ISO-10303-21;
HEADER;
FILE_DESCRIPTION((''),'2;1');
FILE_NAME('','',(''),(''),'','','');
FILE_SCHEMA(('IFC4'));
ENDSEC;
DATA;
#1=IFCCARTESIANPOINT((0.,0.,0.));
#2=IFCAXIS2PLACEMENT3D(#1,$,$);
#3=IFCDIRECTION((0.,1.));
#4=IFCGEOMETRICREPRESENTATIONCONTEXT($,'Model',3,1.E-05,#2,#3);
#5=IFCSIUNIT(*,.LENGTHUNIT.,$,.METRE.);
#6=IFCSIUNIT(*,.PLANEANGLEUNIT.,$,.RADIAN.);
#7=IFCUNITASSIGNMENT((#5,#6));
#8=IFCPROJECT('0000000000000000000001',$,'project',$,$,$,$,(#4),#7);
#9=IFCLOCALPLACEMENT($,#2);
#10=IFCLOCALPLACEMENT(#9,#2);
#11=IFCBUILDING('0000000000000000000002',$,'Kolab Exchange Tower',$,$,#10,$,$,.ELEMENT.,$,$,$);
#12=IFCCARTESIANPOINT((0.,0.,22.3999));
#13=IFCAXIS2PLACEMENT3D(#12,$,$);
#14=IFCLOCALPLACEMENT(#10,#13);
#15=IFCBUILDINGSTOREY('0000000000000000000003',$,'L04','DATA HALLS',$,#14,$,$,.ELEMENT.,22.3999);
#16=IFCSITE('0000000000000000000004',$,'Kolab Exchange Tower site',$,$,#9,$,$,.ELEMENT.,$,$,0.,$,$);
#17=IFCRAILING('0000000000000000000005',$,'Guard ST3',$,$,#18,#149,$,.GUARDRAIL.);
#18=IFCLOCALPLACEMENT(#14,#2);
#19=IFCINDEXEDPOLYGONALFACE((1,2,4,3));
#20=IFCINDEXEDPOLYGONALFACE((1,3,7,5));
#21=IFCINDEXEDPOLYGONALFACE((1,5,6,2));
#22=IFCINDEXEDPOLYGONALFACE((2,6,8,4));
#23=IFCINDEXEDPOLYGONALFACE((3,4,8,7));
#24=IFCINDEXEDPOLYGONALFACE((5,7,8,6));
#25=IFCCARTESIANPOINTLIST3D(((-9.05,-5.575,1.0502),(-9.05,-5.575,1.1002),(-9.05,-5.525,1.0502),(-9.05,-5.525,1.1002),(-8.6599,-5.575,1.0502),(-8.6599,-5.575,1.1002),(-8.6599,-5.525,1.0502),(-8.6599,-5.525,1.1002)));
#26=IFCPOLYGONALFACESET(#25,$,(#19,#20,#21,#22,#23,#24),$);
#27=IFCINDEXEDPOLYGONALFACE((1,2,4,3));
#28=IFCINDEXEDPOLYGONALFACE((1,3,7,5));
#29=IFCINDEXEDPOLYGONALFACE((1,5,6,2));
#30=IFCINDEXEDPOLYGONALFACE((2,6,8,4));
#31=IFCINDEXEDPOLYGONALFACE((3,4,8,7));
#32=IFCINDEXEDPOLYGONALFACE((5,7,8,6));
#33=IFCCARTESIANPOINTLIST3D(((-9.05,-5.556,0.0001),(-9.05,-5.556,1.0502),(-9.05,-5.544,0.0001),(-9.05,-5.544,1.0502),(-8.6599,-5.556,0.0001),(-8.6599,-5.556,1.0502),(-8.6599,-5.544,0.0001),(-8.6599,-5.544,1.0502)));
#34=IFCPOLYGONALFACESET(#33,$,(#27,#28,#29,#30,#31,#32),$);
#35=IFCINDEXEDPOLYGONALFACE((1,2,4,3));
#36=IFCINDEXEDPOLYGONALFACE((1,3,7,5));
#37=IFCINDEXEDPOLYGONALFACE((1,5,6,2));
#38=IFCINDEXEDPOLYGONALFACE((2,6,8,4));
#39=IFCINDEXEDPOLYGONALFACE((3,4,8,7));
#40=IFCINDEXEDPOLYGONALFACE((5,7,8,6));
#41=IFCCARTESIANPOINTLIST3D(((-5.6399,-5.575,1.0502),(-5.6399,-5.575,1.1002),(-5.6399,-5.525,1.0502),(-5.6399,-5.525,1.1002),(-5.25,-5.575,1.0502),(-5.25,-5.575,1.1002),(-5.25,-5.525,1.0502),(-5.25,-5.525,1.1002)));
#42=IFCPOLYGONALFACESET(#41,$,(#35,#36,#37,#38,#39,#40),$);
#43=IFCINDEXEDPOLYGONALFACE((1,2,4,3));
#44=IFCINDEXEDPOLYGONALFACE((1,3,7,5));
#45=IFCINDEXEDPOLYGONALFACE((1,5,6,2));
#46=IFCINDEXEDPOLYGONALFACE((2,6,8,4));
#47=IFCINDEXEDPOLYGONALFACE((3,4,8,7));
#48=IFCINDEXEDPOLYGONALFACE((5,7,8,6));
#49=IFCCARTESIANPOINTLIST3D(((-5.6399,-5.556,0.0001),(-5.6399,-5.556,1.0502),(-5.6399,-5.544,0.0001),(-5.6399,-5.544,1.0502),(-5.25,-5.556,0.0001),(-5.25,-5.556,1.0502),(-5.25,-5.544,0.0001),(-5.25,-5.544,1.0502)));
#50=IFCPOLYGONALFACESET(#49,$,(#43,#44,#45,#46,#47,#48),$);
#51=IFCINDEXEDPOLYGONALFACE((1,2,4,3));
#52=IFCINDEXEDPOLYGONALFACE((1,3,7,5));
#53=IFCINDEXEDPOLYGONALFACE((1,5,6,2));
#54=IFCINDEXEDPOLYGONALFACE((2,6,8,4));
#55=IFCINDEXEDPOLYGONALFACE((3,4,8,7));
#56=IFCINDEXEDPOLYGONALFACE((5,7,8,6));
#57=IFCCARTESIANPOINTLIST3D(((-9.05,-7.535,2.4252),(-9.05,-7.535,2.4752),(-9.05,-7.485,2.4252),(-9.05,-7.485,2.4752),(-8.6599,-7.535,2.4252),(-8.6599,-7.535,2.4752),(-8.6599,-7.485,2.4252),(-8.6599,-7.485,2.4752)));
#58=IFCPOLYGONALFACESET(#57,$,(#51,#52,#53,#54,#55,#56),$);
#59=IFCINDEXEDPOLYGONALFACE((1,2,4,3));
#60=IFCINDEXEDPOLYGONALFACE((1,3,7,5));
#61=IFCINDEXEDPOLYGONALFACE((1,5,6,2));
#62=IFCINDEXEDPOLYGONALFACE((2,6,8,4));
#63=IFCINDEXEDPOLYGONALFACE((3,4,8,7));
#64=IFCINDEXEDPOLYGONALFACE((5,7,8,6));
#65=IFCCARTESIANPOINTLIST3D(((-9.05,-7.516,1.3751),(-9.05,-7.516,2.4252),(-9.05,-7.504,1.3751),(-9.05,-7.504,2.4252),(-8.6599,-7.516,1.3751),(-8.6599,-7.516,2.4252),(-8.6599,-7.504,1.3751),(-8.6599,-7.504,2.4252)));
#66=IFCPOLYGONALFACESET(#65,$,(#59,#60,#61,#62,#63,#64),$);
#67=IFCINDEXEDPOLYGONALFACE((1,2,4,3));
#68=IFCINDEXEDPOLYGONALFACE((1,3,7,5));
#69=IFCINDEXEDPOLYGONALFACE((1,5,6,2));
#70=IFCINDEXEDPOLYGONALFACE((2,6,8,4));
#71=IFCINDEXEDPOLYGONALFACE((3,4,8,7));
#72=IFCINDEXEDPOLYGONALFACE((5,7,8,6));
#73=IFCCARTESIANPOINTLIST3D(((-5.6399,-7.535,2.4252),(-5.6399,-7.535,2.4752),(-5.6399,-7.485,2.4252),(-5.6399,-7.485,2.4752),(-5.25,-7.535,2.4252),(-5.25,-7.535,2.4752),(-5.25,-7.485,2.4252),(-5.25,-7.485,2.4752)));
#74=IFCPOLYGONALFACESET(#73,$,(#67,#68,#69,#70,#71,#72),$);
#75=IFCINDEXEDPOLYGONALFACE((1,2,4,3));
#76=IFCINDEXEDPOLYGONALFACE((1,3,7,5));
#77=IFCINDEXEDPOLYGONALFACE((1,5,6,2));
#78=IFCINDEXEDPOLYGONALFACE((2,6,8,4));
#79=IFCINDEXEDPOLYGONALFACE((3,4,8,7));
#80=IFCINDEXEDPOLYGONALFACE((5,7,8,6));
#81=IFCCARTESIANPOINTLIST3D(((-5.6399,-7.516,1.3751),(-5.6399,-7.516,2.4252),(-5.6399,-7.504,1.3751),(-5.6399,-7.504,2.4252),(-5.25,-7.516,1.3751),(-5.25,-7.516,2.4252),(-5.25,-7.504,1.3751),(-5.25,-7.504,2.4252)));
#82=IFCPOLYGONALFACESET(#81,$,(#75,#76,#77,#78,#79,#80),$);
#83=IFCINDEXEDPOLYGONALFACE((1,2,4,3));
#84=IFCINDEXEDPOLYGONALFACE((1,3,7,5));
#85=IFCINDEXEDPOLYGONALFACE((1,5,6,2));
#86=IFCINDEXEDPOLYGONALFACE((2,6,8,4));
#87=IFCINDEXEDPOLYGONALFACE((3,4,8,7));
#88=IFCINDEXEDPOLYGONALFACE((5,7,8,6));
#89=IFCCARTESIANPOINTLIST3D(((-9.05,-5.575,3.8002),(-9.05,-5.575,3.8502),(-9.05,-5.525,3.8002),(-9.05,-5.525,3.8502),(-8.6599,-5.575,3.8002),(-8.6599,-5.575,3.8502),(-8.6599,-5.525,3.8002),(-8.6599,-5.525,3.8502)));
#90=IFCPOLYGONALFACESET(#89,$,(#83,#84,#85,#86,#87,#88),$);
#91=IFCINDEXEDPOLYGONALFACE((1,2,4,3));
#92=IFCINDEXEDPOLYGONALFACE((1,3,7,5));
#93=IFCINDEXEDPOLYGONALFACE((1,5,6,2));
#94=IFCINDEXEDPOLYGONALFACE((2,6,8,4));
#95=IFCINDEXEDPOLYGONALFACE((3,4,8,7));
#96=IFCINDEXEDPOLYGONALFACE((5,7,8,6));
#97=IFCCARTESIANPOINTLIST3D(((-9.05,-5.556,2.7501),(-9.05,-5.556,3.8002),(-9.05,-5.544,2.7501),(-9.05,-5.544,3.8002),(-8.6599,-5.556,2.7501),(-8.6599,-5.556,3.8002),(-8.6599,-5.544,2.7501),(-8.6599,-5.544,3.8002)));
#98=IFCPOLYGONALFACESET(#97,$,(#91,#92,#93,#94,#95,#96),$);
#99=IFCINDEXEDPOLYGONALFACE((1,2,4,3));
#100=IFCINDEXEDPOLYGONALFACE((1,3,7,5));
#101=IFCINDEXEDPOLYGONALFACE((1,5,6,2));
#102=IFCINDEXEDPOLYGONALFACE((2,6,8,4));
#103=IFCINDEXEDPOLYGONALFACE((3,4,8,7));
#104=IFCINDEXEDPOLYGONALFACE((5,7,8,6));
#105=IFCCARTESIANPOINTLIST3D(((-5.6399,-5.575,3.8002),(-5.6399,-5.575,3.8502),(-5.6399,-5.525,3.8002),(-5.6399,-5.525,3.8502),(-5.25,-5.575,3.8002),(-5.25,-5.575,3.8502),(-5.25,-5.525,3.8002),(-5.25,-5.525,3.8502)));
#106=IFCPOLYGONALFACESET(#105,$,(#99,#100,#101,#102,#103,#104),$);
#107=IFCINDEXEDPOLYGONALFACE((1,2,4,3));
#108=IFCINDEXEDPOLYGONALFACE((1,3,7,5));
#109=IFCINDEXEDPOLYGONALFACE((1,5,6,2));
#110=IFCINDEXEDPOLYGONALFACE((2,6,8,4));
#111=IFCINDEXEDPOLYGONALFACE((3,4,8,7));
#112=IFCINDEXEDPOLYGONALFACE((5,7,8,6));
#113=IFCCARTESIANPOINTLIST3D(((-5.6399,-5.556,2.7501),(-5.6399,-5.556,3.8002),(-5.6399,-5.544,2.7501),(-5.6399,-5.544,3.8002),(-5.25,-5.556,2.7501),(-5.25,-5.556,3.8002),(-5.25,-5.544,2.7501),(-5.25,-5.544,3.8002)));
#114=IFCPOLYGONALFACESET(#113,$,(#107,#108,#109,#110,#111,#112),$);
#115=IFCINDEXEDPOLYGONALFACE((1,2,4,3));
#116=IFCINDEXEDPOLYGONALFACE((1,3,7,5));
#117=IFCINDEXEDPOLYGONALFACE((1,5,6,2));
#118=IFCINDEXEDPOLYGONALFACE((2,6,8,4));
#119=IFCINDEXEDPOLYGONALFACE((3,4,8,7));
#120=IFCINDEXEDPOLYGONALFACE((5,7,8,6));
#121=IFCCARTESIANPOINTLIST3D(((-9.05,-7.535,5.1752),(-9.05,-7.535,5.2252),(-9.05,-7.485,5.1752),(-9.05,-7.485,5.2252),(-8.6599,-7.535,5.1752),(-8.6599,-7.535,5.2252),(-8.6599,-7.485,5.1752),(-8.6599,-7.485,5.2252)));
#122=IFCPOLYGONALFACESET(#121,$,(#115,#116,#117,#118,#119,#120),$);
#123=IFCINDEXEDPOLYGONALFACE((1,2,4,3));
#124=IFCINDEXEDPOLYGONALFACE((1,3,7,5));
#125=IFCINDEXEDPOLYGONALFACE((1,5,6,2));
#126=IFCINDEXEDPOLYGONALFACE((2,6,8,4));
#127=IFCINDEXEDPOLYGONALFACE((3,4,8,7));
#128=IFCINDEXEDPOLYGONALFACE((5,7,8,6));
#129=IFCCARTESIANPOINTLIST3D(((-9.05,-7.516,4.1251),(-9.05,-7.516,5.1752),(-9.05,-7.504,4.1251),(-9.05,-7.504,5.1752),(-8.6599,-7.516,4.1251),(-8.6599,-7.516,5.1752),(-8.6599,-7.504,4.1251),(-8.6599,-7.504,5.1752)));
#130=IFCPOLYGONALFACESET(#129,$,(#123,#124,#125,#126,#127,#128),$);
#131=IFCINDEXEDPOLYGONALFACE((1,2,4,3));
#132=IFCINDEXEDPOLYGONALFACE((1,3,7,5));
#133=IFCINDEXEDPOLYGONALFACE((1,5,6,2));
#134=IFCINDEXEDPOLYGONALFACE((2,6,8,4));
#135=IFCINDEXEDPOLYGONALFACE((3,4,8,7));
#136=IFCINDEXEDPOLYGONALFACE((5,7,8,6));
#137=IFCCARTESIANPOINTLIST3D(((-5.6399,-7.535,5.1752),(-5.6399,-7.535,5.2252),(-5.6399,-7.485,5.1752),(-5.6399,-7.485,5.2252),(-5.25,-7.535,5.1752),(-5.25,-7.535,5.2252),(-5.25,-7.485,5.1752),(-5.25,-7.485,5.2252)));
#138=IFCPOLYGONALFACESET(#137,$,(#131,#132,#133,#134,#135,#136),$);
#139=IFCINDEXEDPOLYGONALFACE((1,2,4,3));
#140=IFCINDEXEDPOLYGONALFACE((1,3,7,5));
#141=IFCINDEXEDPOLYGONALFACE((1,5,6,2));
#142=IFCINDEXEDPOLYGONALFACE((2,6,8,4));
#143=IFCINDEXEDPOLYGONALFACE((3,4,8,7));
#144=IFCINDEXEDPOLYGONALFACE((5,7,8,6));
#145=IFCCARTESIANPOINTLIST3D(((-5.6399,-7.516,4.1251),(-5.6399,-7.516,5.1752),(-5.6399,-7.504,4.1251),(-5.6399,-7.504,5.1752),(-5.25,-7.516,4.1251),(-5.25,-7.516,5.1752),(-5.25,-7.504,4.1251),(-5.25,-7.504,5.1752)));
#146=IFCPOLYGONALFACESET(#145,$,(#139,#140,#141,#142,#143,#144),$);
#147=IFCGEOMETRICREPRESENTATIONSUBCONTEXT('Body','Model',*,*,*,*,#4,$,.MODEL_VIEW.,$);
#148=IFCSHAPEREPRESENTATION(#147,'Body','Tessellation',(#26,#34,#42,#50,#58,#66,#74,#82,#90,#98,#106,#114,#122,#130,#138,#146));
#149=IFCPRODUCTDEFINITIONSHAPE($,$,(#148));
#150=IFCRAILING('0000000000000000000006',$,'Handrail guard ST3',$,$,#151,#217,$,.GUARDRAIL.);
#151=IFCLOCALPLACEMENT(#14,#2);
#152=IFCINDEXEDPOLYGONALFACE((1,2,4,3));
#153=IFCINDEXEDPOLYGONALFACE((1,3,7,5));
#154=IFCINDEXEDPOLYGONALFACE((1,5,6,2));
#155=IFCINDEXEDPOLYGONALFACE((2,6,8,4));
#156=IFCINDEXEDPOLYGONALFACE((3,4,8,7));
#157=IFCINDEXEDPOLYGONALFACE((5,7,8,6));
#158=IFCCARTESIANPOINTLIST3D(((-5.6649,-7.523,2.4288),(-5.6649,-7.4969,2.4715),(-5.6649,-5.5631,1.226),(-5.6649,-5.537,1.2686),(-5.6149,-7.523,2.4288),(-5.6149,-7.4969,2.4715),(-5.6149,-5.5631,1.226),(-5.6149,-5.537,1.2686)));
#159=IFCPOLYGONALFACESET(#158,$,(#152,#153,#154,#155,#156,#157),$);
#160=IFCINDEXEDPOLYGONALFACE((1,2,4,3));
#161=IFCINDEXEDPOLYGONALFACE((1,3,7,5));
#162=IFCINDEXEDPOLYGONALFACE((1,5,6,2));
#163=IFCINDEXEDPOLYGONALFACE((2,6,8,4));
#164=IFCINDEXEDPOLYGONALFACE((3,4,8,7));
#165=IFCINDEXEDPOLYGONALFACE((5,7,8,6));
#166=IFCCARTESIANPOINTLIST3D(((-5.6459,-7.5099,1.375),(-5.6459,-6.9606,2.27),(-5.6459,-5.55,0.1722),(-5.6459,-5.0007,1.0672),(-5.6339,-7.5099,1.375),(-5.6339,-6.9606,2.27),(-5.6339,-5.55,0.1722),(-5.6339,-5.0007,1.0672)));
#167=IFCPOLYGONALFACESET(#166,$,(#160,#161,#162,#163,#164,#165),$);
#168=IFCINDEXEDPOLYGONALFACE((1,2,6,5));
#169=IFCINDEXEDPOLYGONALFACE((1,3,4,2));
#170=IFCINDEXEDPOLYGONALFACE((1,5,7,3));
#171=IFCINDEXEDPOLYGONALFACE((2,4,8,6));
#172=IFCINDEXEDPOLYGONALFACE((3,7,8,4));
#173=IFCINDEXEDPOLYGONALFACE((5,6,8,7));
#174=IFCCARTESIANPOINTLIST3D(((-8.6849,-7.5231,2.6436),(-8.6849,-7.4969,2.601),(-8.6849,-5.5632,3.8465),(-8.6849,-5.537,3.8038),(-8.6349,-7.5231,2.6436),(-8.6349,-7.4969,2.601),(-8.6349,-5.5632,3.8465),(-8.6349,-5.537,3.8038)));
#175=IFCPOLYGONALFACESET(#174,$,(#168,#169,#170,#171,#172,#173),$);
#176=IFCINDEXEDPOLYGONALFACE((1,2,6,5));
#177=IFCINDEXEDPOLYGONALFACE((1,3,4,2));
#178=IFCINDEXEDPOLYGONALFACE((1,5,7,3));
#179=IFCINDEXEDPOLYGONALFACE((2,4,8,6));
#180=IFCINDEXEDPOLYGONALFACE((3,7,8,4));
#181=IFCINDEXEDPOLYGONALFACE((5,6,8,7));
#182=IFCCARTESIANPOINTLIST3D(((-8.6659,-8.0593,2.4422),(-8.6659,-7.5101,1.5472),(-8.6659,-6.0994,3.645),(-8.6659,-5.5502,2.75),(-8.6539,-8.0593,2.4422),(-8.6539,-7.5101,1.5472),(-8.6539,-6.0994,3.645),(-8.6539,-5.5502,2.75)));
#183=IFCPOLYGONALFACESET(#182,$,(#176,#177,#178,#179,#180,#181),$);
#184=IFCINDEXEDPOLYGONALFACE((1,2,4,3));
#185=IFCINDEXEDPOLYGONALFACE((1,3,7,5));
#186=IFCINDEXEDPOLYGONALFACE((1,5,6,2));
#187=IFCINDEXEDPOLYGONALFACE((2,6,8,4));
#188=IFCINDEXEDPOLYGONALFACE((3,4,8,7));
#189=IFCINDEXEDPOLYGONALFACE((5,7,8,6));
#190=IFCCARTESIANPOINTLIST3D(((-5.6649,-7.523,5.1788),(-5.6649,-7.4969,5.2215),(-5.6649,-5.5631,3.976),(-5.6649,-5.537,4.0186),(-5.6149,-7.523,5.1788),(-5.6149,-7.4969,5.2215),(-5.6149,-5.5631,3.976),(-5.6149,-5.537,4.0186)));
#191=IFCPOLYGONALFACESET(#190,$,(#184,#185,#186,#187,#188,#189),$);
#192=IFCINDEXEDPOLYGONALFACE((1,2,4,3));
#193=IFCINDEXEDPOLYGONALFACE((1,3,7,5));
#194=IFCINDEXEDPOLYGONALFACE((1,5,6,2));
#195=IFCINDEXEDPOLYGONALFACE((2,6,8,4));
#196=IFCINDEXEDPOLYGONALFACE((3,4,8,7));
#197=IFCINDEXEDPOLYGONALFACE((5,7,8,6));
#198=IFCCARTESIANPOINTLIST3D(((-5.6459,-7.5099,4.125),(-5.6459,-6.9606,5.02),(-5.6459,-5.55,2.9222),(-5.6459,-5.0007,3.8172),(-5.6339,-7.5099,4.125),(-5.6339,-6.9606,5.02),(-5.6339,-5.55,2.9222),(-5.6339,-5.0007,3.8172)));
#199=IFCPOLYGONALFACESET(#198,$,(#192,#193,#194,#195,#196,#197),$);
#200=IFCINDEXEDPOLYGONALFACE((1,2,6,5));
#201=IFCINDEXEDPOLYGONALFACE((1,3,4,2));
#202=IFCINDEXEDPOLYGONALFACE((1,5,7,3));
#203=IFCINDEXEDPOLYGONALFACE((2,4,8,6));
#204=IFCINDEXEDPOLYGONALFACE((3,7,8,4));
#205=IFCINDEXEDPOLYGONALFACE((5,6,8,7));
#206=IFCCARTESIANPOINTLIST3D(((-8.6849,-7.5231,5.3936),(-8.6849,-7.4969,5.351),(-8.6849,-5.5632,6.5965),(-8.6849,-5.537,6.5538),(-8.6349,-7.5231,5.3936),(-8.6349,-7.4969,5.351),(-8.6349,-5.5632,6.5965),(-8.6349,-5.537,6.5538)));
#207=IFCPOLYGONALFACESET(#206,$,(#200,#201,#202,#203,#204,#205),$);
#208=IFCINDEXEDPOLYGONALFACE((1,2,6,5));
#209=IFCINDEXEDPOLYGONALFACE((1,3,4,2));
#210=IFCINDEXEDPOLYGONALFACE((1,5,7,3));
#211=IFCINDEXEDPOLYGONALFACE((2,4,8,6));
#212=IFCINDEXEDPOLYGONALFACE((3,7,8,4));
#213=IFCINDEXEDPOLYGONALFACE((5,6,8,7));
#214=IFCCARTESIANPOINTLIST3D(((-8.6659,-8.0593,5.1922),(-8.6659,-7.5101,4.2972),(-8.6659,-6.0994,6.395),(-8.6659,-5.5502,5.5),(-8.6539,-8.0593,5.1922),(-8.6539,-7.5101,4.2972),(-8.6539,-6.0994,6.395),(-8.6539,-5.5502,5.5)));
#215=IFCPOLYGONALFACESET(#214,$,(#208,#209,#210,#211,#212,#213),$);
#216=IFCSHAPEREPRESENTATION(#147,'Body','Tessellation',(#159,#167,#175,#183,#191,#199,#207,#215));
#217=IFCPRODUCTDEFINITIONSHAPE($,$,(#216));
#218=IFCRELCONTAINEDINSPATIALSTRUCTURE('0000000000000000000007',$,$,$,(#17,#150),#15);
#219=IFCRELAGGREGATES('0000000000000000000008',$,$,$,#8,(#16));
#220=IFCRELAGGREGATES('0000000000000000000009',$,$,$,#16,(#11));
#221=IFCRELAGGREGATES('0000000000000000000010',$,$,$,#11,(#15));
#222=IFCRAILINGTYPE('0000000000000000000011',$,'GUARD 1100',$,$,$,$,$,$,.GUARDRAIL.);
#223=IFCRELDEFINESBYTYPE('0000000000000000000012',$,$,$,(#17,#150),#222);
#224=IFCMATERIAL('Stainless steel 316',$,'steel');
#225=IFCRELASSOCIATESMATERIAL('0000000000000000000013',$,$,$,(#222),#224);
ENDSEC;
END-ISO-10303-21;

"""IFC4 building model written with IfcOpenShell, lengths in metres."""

from ifc_helpers import new_model, si_unit, direction, frame, frame_2d, origin, origin_2d, place, context, subcontext, project, spatial, rectangle, extrude, material, type_object, element, save


model = new_model("IFC4")

# Units and contexts
model_context = context("Model", 3, precision=1e-05, world=origin(), true_north=direction((0.0, 1.0)))
body_context = subcontext(model_context, "Body", "Model", "MODEL_VIEW")
ifc_project = project(units=[si_unit("LENGTHUNIT", "METRE"), si_unit("PLANEANGLEUNIT", "RADIAN")], contexts=[model_context])

# Site, building, storey
site_placement = place(None, origin())
site = spatial("IfcSite", under=ifc_project, at=site_placement, Name="Kolab Exchange Tower site", CompositionType="ELEMENT", RefElevation=0.0)
building_placement = place(site_placement, origin())
building = spatial("IfcBuilding", under=site, at=building_placement, Name="Kolab Exchange Tower", CompositionType="ELEMENT")
storey_placement = place(building_placement, frame((0.0, 0.0, 22.3999)))
storey = spatial("IfcBuildingStorey", under=building, at=storey_placement, Name="L04", Description="DATA HALLS", CompositionType="ELEMENT", Elevation=22.3999)

# Shared definitions
ifc_material_1 = material(Name="Stainless steel 316", Category="steel")

# Railings
railing_type = type_object("IfcRailingType", Name="GUARD 1100", PredefinedType="GUARDRAIL", material=ifc_material_1)
railing_1_placement = place(storey_placement, frame((-9.05, -5.55, 0.0)))
element("IfcRailing", 1, at=railing_1_placement, inside=storey, type_object=railing_type, Name="Guard ST3", PredefinedType="GUARDRAIL", context=body_context, shape_type="SweptSolid", body=[
    extrude(rectangle(XDim=0.05, YDim=0.05, at=origin_2d()), frame((0.0, 0.0, 1.0752), z_axis=(1.0, 0.0, 0.0), x_axis=(0.0, 1.0, 0.0)), (0.0, 0.0, 1.0), 0.3901),
    extrude(rectangle(XDim=0.012, YDim=1.0501, at=frame_2d((0.0, 0.5251))), frame((0.0, 0.0, 0.0), z_axis=(1.0, 0.0, 0.0), x_axis=(0.0, 1.0, 0.0)), (0.0, 0.0, 1.0), 0.3901),
    extrude(rectangle(XDim=0.05, YDim=0.05, at=origin_2d()), frame((3.4102, 0.0, 1.0752), z_axis=(1.0, 0.0, 0.0), x_axis=(0.0, 1.0, 0.0)), (0.0, 0.0, 1.0), 0.3899),
    extrude(rectangle(XDim=0.012, YDim=1.0501, at=frame_2d((0.0, 0.5251))), frame((3.4102, 0.0, 0.0), z_axis=(1.0, 0.0, 0.0), x_axis=(0.0, 1.0, 0.0)), (0.0, 0.0, 1.0), 0.3899),
    extrude(rectangle(XDim=0.05, YDim=0.05, at=origin_2d()), frame((0.0, -1.96, 2.4502), z_axis=(1.0, 0.0, 0.0), x_axis=(0.0, 1.0, 0.0)), (0.0, 0.0, 1.0), 0.3901),
    extrude(rectangle(XDim=0.012, YDim=1.0501, at=frame_2d((0.0, 0.5251))), frame((0.0, -1.96, 1.375), z_axis=(1.0, 0.0, 0.0), x_axis=(0.0, 1.0, 0.0)), (0.0, 0.0, 1.0), 0.3901),
    extrude(rectangle(XDim=0.05, YDim=0.05, at=origin_2d()), frame((3.4102, -1.96, 2.4502), z_axis=(1.0, 0.0, 0.0), x_axis=(0.0, 1.0, 0.0)), (0.0, 0.0, 1.0), 0.3899),
    extrude(rectangle(XDim=0.012, YDim=1.0501, at=frame_2d((0.0, 0.5251))), frame((3.4102, -1.96, 1.375), z_axis=(1.0, 0.0, 0.0), x_axis=(0.0, 1.0, 0.0)), (0.0, 0.0, 1.0), 0.3899),
    extrude(rectangle(XDim=0.05, YDim=0.05, at=origin_2d()), frame((0.0, 0.0, 3.8252), z_axis=(1.0, 0.0, 0.0), x_axis=(0.0, 1.0, 0.0)), (0.0, 0.0, 1.0), 0.3901),
    extrude(rectangle(XDim=0.012, YDim=1.0501, at=frame_2d((0.0, 0.5251))), frame((0.0, 0.0, 2.75), z_axis=(1.0, 0.0, 0.0), x_axis=(0.0, 1.0, 0.0)), (0.0, 0.0, 1.0), 0.3901),
    extrude(rectangle(XDim=0.05, YDim=0.05, at=origin_2d()), frame((3.4102, 0.0, 3.8252), z_axis=(1.0, 0.0, 0.0), x_axis=(0.0, 1.0, 0.0)), (0.0, 0.0, 1.0), 0.3899),
    extrude(rectangle(XDim=0.012, YDim=1.0501, at=frame_2d((0.0, 0.5251))), frame((3.4102, 0.0, 2.75), z_axis=(1.0, 0.0, 0.0), x_axis=(0.0, 1.0, 0.0)), (0.0, 0.0, 1.0), 0.3899),
    extrude(rectangle(XDim=0.05, YDim=0.05, at=origin_2d()), frame((0.0, -1.96, 5.2002), z_axis=(1.0, 0.0, 0.0), x_axis=(0.0, 1.0, 0.0)), (0.0, 0.0, 1.0), 0.3901),
    extrude(rectangle(XDim=0.012, YDim=1.0501, at=frame_2d((0.0, 0.5251))), frame((0.0, -1.96, 4.125), z_axis=(1.0, 0.0, 0.0), x_axis=(0.0, 1.0, 0.0)), (0.0, 0.0, 1.0), 0.3901),
    extrude(rectangle(XDim=0.05, YDim=0.05, at=origin_2d()), frame((3.4102, -1.96, 5.2002), z_axis=(1.0, 0.0, 0.0), x_axis=(0.0, 1.0, 0.0)), (0.0, 0.0, 1.0), 0.3899),
    extrude(rectangle(XDim=0.012, YDim=1.0501, at=frame_2d((0.0, 0.5251))), frame((3.4102, -1.96, 4.125), z_axis=(1.0, 0.0, 0.0), x_axis=(0.0, 1.0, 0.0)), (0.0, 0.0, 1.0), 0.3899),
])
railing_2_placement = place(storey_placement, frame((-5.6399, -5.55, 0.1721)))
element("IfcRailing", 2, at=railing_2_placement, inside=storey, type_object=railing_type, Name="Handrail guard ST3", PredefinedType="GUARDRAIL", context=body_context, shape_type="SweptSolid", body=[
    extrude(rectangle(XDim=0.05, YDim=0.05, at=origin_2d()), frame((0.0, 0.0, 1.0752), z_axis=(0.0, -0.852288, 0.523072), x_axis=(1.0, 0.0, 0.0)), (0.0, 0.0, 1.0), 2.2996),
    extrude(rectangle(XDim=0.012, YDim=1.0501, at=frame_2d((0.0, 0.5251))), frame((0.0, 0.0, 0.0), z_axis=(0.0, -0.852288, 0.523072), x_axis=(1.0, 0.0, 0.0)), (0.0, 0.0, 1.0), 2.2996),
    extrude(rectangle(XDim=0.05, YDim=0.05, at=origin_2d()), frame((-3.02, -1.96, 2.4502), z_axis=(0.0, 0.852288, 0.523072), x_axis=(-1.0, 0.0, 0.0)), (0.0, 0.0, 1.0), 2.2996),
    extrude(rectangle(XDim=0.012, YDim=1.0501, at=frame_2d((0.0, 0.5251))), frame((-3.02, -1.96, 1.375), z_axis=(0.0, 0.852288, 0.523072), x_axis=(-1.0, 0.0, 0.0)), (0.0, 0.0, 1.0), 2.2996),
    extrude(rectangle(XDim=0.05, YDim=0.05, at=origin_2d()), frame((0.0, 0.0, 3.8252), z_axis=(0.0, -0.852288, 0.523072), x_axis=(1.0, 0.0, 0.0)), (0.0, 0.0, 1.0), 2.2996),
    extrude(rectangle(XDim=0.012, YDim=1.0501, at=frame_2d((0.0, 0.5251))), frame((0.0, 0.0, 2.75), z_axis=(0.0, -0.852288, 0.523072), x_axis=(1.0, 0.0, 0.0)), (0.0, 0.0, 1.0), 2.2996),
    extrude(rectangle(XDim=0.05, YDim=0.05, at=origin_2d()), frame((-3.02, -1.96, 5.2002), z_axis=(0.0, 0.852288, 0.523072), x_axis=(-1.0, 0.0, 0.0)), (0.0, 0.0, 1.0), 2.2996),
    extrude(rectangle(XDim=0.012, YDim=1.0501, at=frame_2d((0.0, 0.5251))), frame((-3.02, -1.96, 4.125), z_axis=(0.0, 0.852288, 0.523072), x_axis=(-1.0, 0.0, 0.0)), (0.0, 0.0, 1.0), 2.2996),
])

save(model, "model.ifc")
